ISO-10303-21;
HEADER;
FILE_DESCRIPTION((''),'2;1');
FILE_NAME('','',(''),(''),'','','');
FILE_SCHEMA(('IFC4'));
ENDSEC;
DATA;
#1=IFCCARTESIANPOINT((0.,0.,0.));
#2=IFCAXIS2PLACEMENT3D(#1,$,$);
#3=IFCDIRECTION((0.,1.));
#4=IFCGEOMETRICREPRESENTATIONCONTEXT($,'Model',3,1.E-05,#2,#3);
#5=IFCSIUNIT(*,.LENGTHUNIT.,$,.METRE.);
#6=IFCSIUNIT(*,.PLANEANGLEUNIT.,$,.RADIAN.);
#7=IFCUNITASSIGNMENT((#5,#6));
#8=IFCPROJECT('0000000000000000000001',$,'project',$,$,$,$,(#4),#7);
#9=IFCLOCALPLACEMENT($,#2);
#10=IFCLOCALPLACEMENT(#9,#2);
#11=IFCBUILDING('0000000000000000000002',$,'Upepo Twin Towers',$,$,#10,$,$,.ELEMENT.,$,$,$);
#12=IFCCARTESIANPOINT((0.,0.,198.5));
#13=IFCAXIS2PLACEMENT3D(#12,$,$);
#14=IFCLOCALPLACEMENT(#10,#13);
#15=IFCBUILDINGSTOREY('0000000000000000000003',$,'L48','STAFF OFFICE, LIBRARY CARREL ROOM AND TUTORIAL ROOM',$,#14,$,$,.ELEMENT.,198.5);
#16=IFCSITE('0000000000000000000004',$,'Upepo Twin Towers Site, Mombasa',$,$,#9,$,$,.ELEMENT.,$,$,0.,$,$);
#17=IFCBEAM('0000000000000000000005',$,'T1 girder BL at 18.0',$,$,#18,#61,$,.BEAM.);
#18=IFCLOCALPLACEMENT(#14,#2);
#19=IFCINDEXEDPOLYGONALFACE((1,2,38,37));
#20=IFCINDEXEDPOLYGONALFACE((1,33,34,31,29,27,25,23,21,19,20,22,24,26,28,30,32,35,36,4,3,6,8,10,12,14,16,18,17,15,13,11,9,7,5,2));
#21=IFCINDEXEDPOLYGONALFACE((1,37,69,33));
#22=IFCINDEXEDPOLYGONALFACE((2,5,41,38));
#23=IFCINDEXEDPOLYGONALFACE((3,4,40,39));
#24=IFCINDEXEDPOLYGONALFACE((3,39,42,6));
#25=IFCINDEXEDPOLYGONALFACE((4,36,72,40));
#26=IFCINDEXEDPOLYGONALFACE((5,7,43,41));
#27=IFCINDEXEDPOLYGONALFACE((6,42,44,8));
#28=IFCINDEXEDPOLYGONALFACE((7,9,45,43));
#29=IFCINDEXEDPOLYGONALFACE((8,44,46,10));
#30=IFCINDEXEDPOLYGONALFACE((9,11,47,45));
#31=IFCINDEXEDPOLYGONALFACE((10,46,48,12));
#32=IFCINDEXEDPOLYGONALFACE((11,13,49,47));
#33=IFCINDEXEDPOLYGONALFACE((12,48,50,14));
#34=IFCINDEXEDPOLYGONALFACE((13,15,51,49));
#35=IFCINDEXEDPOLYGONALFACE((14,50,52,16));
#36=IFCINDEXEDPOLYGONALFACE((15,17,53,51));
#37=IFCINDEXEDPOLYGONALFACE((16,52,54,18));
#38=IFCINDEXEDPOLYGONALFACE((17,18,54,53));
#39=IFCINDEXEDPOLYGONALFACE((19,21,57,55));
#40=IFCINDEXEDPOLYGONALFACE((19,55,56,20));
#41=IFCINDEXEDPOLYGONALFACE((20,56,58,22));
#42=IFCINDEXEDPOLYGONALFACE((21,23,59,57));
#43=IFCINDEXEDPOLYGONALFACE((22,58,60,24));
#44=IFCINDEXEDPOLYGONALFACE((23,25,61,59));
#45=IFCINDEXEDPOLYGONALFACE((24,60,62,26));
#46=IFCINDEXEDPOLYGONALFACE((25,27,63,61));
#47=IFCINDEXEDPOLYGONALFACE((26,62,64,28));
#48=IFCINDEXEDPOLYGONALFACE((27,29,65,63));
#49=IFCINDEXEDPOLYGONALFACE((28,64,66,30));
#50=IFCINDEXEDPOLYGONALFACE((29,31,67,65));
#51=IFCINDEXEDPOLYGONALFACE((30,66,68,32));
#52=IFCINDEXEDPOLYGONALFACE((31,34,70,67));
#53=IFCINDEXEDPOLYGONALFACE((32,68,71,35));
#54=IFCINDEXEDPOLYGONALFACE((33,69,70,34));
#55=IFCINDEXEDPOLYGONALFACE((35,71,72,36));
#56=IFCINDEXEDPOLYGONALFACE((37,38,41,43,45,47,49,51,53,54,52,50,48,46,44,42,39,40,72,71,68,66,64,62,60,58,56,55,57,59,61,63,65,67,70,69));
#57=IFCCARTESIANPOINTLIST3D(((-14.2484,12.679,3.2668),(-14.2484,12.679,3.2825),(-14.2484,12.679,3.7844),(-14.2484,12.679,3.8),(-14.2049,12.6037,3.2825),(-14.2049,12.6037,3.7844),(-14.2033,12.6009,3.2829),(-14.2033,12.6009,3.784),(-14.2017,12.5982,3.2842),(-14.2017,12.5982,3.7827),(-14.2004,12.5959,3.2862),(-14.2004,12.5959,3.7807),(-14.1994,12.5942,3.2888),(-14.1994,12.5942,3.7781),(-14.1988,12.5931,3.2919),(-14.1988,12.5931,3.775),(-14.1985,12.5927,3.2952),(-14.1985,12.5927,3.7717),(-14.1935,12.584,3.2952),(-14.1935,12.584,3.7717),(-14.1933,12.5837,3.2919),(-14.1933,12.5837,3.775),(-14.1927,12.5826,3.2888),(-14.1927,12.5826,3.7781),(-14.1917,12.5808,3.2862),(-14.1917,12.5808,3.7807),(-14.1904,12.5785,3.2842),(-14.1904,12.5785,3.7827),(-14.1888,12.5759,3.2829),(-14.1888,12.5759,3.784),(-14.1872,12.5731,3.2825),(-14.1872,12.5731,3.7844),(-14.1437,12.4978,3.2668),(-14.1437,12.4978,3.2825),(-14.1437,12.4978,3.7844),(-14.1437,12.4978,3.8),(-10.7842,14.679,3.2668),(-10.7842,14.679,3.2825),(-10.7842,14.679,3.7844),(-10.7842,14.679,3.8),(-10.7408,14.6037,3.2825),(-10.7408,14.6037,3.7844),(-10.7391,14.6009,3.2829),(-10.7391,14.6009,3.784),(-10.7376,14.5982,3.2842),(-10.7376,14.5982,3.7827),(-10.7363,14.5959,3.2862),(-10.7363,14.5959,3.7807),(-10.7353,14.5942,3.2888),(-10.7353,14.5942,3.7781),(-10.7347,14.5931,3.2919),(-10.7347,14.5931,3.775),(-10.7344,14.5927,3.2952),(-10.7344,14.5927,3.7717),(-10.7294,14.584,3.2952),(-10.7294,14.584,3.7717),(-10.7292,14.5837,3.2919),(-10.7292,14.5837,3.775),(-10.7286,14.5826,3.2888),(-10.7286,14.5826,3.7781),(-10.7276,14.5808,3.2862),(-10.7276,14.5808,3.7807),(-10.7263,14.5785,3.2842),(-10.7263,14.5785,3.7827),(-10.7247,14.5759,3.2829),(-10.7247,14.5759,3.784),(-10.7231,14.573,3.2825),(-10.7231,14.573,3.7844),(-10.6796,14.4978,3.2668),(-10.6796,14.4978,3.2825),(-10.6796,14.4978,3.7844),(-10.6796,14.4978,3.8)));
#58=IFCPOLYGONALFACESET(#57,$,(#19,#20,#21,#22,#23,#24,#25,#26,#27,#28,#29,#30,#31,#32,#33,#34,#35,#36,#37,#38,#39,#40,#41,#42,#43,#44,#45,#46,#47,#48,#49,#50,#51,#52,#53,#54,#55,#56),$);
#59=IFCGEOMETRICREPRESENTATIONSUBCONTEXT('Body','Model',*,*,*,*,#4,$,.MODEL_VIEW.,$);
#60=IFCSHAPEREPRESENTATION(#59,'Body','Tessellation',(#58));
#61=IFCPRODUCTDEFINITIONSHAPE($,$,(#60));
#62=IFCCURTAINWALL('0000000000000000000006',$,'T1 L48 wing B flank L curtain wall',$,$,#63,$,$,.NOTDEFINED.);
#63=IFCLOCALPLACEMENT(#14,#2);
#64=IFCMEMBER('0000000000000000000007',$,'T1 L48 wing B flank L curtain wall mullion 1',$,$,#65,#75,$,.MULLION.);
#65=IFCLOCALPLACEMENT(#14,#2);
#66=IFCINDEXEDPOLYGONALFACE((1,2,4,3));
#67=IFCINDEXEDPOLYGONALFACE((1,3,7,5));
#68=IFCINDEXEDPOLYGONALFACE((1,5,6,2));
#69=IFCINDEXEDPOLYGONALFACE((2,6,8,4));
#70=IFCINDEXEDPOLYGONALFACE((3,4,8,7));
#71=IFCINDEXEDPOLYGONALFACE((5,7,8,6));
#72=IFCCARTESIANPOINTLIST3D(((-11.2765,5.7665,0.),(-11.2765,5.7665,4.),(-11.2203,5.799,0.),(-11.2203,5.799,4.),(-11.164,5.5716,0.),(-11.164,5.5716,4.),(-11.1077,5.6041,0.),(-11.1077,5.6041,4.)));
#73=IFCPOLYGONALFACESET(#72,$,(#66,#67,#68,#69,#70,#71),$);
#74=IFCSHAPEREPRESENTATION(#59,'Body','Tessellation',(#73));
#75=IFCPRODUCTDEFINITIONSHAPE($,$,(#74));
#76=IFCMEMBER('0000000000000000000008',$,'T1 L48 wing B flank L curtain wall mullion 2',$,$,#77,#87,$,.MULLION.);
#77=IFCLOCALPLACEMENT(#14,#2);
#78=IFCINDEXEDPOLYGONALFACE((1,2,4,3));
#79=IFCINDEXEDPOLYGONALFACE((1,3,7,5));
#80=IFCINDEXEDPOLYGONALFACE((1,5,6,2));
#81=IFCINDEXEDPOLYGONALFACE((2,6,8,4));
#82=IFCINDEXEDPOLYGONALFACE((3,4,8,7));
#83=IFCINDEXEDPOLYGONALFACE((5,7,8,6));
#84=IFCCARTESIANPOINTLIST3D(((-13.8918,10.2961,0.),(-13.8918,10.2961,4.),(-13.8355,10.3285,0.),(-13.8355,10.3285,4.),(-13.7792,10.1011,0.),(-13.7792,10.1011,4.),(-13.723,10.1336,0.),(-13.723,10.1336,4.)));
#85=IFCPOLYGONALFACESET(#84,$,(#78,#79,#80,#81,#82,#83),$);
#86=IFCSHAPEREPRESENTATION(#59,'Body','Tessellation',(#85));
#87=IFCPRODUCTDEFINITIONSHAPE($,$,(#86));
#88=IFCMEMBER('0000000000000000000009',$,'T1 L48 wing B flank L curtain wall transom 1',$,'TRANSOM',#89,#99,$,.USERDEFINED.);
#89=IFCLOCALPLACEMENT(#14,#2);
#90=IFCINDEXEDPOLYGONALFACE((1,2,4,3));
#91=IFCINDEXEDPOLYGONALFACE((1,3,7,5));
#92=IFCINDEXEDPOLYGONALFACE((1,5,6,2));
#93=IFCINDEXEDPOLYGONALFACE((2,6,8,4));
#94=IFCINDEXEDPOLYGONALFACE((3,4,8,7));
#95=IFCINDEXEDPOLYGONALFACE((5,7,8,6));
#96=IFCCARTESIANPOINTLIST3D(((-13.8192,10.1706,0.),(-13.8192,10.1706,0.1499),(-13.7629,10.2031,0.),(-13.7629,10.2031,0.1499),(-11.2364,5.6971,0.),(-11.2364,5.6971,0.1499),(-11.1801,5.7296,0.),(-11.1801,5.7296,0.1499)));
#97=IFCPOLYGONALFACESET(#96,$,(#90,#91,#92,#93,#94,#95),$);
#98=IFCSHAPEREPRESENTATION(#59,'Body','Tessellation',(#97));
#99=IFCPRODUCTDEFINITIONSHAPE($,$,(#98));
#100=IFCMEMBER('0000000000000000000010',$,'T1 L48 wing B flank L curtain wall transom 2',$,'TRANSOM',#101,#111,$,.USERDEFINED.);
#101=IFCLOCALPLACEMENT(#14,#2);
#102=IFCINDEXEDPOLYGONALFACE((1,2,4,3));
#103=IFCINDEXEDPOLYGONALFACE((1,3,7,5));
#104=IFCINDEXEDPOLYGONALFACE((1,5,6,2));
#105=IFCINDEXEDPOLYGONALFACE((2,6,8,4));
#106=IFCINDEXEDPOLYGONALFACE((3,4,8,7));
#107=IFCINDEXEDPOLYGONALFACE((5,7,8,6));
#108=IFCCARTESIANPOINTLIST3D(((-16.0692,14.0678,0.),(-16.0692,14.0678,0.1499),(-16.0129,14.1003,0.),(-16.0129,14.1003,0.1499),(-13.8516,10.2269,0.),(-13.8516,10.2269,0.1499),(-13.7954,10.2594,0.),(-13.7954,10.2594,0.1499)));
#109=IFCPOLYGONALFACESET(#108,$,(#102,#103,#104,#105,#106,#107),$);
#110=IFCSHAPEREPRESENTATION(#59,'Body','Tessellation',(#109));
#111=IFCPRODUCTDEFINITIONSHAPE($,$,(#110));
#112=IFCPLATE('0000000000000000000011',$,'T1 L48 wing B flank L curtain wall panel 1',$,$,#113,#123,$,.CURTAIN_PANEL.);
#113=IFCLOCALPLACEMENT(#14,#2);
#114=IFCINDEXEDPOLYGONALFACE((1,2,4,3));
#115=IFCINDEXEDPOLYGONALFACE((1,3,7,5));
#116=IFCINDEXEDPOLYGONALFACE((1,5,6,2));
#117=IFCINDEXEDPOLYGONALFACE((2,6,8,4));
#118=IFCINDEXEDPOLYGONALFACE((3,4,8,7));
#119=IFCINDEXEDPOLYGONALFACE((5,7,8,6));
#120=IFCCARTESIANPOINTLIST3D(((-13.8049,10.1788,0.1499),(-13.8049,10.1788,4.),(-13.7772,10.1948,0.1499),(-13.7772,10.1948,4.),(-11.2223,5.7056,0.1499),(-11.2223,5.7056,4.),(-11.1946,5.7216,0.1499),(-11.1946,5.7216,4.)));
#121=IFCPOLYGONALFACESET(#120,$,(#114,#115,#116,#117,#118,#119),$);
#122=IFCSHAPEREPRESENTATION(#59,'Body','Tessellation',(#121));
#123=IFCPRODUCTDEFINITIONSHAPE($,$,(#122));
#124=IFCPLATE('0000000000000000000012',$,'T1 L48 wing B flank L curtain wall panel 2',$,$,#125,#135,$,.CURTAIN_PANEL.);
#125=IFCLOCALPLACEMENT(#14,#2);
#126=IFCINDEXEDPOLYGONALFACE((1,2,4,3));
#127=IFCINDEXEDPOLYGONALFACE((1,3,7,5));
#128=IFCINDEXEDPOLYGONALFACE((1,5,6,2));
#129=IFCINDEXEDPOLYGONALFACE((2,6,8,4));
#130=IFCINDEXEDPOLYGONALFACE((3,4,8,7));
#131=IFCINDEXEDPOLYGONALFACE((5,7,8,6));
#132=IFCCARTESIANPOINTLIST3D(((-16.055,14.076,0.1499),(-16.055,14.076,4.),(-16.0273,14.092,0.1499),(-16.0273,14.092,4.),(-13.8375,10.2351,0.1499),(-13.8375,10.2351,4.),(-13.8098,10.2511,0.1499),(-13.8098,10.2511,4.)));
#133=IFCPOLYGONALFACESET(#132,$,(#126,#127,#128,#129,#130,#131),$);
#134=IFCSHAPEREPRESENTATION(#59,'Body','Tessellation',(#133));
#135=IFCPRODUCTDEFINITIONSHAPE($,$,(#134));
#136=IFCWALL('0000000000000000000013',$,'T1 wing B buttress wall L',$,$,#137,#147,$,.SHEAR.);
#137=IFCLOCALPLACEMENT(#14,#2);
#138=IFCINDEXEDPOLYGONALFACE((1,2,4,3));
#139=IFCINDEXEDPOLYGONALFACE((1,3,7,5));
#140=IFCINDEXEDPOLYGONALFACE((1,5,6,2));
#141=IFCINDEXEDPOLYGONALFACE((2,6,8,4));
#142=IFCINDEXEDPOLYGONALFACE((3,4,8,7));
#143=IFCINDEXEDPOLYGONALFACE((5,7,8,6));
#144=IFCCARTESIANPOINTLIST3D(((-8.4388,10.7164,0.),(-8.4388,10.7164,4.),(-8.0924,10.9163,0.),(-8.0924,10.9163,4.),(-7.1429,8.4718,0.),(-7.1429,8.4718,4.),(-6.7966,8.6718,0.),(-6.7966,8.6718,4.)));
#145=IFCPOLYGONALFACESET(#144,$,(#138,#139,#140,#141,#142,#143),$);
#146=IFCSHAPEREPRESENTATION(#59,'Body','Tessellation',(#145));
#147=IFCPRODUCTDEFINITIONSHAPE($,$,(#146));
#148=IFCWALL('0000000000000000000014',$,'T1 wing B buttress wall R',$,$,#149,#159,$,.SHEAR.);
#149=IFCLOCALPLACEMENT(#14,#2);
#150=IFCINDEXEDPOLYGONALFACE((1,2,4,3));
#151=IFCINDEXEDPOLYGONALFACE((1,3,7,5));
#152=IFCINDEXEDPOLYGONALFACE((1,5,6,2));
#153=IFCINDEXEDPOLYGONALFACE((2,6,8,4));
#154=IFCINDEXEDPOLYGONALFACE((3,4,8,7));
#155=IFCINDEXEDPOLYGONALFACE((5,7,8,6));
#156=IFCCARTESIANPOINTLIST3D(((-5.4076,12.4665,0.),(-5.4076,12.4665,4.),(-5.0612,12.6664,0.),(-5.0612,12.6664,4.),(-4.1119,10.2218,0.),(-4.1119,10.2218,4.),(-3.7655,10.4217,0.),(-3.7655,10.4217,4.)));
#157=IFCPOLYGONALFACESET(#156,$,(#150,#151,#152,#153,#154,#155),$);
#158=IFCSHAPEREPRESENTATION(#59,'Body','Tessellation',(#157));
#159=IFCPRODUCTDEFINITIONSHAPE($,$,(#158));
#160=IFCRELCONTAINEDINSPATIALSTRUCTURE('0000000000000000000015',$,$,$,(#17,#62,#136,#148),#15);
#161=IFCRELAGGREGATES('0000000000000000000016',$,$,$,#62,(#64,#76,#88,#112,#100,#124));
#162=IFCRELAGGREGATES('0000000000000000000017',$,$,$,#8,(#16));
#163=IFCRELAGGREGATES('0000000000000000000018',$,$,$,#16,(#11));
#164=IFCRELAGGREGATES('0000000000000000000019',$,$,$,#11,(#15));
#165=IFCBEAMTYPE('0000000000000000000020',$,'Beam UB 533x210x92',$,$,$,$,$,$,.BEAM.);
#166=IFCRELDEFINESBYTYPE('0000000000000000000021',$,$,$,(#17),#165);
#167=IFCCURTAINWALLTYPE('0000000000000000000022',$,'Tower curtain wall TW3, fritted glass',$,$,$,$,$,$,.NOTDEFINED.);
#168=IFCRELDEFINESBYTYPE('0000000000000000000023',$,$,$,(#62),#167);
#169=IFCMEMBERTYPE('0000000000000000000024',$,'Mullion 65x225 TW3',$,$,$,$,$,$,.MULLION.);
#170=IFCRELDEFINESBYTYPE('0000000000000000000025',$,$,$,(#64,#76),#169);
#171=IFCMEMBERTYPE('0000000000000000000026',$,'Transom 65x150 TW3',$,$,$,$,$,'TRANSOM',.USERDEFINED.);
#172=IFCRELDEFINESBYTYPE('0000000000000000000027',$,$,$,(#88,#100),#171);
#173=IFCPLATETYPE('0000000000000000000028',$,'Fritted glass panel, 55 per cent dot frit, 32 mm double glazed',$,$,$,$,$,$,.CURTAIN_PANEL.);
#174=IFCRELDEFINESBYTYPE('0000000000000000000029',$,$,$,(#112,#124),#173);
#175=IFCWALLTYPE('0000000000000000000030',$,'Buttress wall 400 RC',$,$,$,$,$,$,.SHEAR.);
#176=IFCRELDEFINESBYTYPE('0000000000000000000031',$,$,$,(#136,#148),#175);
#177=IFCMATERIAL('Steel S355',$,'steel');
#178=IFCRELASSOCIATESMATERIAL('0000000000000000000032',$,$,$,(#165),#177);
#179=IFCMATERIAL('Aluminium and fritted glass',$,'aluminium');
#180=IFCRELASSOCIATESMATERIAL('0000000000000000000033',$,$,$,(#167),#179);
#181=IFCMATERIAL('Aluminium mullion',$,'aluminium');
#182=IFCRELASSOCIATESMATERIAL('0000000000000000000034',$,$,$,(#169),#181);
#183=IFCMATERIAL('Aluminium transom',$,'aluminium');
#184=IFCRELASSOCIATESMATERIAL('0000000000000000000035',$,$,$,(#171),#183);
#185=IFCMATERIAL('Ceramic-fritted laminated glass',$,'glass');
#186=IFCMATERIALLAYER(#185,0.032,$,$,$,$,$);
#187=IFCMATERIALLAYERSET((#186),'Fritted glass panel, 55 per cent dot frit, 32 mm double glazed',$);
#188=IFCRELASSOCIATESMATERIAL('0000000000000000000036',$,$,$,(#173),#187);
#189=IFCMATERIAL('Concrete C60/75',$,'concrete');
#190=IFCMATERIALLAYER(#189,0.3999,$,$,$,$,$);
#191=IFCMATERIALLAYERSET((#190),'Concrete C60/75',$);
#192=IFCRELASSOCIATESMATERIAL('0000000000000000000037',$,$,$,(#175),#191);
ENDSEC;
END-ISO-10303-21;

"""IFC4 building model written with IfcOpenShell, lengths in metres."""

from ifc_helpers import new_model, si_unit, direction, frame, frame_2d, origin, origin_2d, place, context, subcontext, project, spatial, rectangle, i_section, extrude, material, layer, layer_set, material_profile, profile_set, type_object, element, aggregate, save


model = new_model("IFC4")

# Units and contexts
model_context = context("Model", 3, precision=1e-05, world=origin(), true_north=direction((0.0, 1.0)))
body_context = subcontext(model_context, "Body", "Model", "MODEL_VIEW")
ifc_project = project(units=[si_unit("LENGTHUNIT", "METRE"), si_unit("PLANEANGLEUNIT", "RADIAN")], contexts=[model_context])

# Site, building, storey
site_placement = place(None, origin())
site = spatial("IfcSite", under=ifc_project, at=site_placement, Name="Upepo Twin Towers Site, Mombasa", CompositionType="ELEMENT", RefElevation=0.0)
building_placement = place(site_placement, origin())
building = spatial("IfcBuilding", under=site, at=building_placement, Name="Upepo Twin Towers", CompositionType="ELEMENT")
storey_placement = place(building_placement, frame((0.0, 0.0, 198.5)))
storey = spatial("IfcBuildingStorey", under=building, at=storey_placement, Name="L48", Description="STAFF OFFICE, LIBRARY CARREL ROOM AND TUTORIAL ROOM", CompositionType="ELEMENT", Elevation=198.5)

# Beam
ifc_material_1 = material(Name="Steel S355", Category="steel")
ifc_material_profile_1 = material_profile(ifc_material_1, i_section(OverallWidth=0.2092, OverallDepth=0.5332, WebThickness=0.01, FlangeThickness=0.0156, FilletRadius=0.0127, at=origin_2d()), Name="UB 533x210x92")
ifc_profile_set_1 = profile_set([ifc_material_profile_1], Name="Steel S355")
beam_type_1 = type_object("IfcBeamType", Name="Beam UB 533x210x92", PredefinedType="BEAM", material=ifc_profile_set_1)
for number, where, z_axis, x_axis, name in (
    (1, (-14.196, 12.5884, 3.5334), (0.866026, 0.499999, 0.0), (-0.499999, 0.866026, 0.0), "T1 girder BL at 18.0"),
):
    element("IfcBeam", number, at=place(storey_placement, frame(where, z_axis=z_axis, x_axis=x_axis)), inside=storey, type_object=beam_type_1, Name=name, PredefinedType="BEAM", context=body_context, shape_type="SweptSolid", body=[
        extrude(i_section(OverallWidth=0.2092, OverallDepth=0.5332, WebThickness=0.01, FlangeThickness=0.0156, FilletRadius=0.0127, at=origin_2d()), origin(), (0.0, 0.0, 1.0), 4.0),
    ])

# Curtain wall, members, plates
ifc_material_2 = material(Name="Aluminium and fritted glass", Category="aluminium")
curtain_wall_type = type_object("IfcCurtainWallType", Name="Tower curtain wall TW3, fritted glass", PredefinedType="NOTDEFINED", material=ifc_material_2)
curtain_wall_placement = place(storey_placement, origin())
curtain_wall = element("IfcCurtainWall", 2, at=curtain_wall_placement, inside=storey, type_object=curtain_wall_type, Name="T1 L48 wing B flank L curtain wall", PredefinedType="NOTDEFINED")
ifc_material_3 = material(Name="Aluminium mullion", Category="aluminium")
ifc_material_profile_2 = material_profile(ifc_material_3, rectangle(XDim=0.0649, YDim=0.2251, at=origin_2d()), Name="MULLION 65x225")
ifc_profile_set_2 = profile_set([ifc_material_profile_2], Name="Aluminium mullion")
member_type_1 = type_object("IfcMemberType", Name="Mullion 65x225 TW3", PredefinedType="MULLION", material=ifc_profile_set_2)
member_1_placement = place(storey_placement, frame((-11.1921, 5.6853, 0.0), z_axis=(0.0, 0.0, 1.0), x_axis=(-0.866025, -0.5, 0.0)))
member_1 = element("IfcMember", 3, at=member_1_placement, type_object=member_type_1, Name="T1 L48 wing B flank L curtain wall mullion 1", PredefinedType="MULLION", context=body_context, shape_type="SweptSolid", body=[
    extrude(rectangle(XDim=0.0649, YDim=0.2251, at=origin_2d()), origin(), (0.0, 0.0, 1.0), 4.0),
])
member_2_placement = place(storey_placement, frame((-13.8074, 10.2148, 0.0), z_axis=(0.0, 0.0, 1.0), x_axis=(-0.866025, -0.5, 0.0)))
member_2 = element("IfcMember", 4, at=member_2_placement, type_object=member_type_1, Name="T1 L48 wing B flank L curtain wall mullion 2", PredefinedType="MULLION", context=body_context, shape_type="SweptSolid", body=[
    extrude(rectangle(XDim=0.0649, YDim=0.2251, at=origin_2d()), origin(), (0.0, 0.0, 1.0), 4.0),
])
ifc_material_4 = material(Name="Aluminium transom", Category="aluminium")
ifc_material_profile_3 = material_profile(ifc_material_4, rectangle(XDim=0.0649, YDim=0.1499, at=origin_2d()), Name="TRANSOM 65x150")
ifc_profile_set_3 = profile_set([ifc_material_profile_3], Name="Aluminium transom")
member_type_2 = type_object("IfcMemberType", Name="Transom 65x150 TW3", ElementType="TRANSOM", PredefinedType="USERDEFINED", material=ifc_profile_set_3)
member_3_placement = place(storey_placement, frame((-11.2083, 5.7134, 0.075), z_axis=(-0.500007, 0.866021, 0.0), x_axis=(-0.866021, -0.500007, 0.0)))
member_3 = element("IfcMember", 5, at=member_3_placement, type_object=member_type_2, Name="T1 L48 wing B flank L curtain wall transom 1", ObjectType="TRANSOM", PredefinedType="USERDEFINED", context=body_context, shape_type="SweptSolid", body=[
    extrude(rectangle(XDim=0.0649, YDim=0.1499, at=origin_2d()), origin(), (0.0, 0.0, 1.0), 5.1655),
])
member_4_placement = place(storey_placement, frame((-13.8235, 10.2432, 0.075), z_axis=(-0.500005, 0.866022, 0.0), x_axis=(-0.866022, -0.500005, 0.0)))
member_4 = element("IfcMember", 6, at=member_4_placement, type_object=member_type_2, Name="T1 L48 wing B flank L curtain wall transom 2", ObjectType="TRANSOM", PredefinedType="USERDEFINED", context=body_context, shape_type="SweptSolid", body=[
    extrude(rectangle(XDim=0.0649, YDim=0.1499, at=origin_2d()), origin(), (0.0, 0.0, 1.0), 4.4351),
])
ifc_material_5 = material(Name="Ceramic-fritted laminated glass", Category="glass")
ifc_layer_1 = layer(ifc_material_5, 0.032)
ifc_layer_set_1 = layer_set([ifc_layer_1], Name="Fritted glass panel, 55 per cent dot frit, 32 mm double glazed")
plate_type = type_object("IfcPlateType", Name="Fritted glass panel, 55 per cent dot frit, 32 mm double glazed", PredefinedType="CURTAIN_PANEL", material=ifc_layer_set_1)
plate_1_placement = place(storey_placement, frame((-12.4998, 7.9502, 0.1499), z_axis=(0.0, 0.0, 1.0), x_axis=(-0.5, 0.866025, 0.0)))
plate_1 = element("IfcPlate", 7, at=plate_1_placement, type_object=plate_type, Name="T1 L48 wing B flank L curtain wall panel 1", PredefinedType="CURTAIN_PANEL", context=body_context, shape_type="SweptSolid", body=[
    extrude(rectangle(XDim=5.1653, YDim=0.032, at=origin_2d()), origin(), (0.0, 0.0, 1.0), 3.8501),
])
plate_2_placement = place(storey_placement, frame((-14.9324, 12.1636, 0.1499), z_axis=(0.0, 0.0, 1.0), x_axis=(-0.5, 0.866025, 0.0)))
plate_2 = element("IfcPlate", 8, at=plate_2_placement, type_object=plate_type, Name="T1 L48 wing B flank L curtain wall panel 2", PredefinedType="CURTAIN_PANEL", context=body_context, shape_type="SweptSolid", body=[
    extrude(rectangle(XDim=4.4351, YDim=0.032, at=origin_2d()), origin(), (0.0, 0.0, 1.0), 3.8501),
])
aggregate(curtain_wall, [member_1, member_2, member_3, plate_1, member_4, plate_2])

# Walls
ifc_material_6 = material(Name="Concrete C60/75", Category="concrete")
ifc_layer_2 = layer(ifc_material_6, 0.3999)
ifc_layer_set_2 = layer_set([ifc_layer_2], Name="Concrete C60/75")
wall_type_1 = type_object("IfcWallType", Name="Buttress wall 400 RC", PredefinedType="SHEAR", material=ifc_layer_set_2)
for number, where, z_axis, x_axis, name in (
    (9, (-6.9697, 8.5718, 0.0), (0.0, 0.0, 1.0), (-0.499989, 0.866032, 0.0), "T1 wing B buttress wall L"),
    (10, (-3.9387, 10.3218, 0.0), (0.0, 0.0, 1.0), (-0.499918, 0.866073, 0.0), "T1 wing B buttress wall R"),
):
    element("IfcWall", number, at=place(storey_placement, frame(where, z_axis=z_axis, x_axis=x_axis)), inside=storey, type_object=wall_type_1, Name=name, PredefinedType="SHEAR", context=body_context, shape_type="SweptSolid", body=[
        extrude(rectangle(XDim=2.5918, YDim=0.3999, at=frame_2d((1.2959, 0.0))), origin(), (0.0, 0.0, 1.0), 4.0),
    ])

save(model, "model.ifc")
